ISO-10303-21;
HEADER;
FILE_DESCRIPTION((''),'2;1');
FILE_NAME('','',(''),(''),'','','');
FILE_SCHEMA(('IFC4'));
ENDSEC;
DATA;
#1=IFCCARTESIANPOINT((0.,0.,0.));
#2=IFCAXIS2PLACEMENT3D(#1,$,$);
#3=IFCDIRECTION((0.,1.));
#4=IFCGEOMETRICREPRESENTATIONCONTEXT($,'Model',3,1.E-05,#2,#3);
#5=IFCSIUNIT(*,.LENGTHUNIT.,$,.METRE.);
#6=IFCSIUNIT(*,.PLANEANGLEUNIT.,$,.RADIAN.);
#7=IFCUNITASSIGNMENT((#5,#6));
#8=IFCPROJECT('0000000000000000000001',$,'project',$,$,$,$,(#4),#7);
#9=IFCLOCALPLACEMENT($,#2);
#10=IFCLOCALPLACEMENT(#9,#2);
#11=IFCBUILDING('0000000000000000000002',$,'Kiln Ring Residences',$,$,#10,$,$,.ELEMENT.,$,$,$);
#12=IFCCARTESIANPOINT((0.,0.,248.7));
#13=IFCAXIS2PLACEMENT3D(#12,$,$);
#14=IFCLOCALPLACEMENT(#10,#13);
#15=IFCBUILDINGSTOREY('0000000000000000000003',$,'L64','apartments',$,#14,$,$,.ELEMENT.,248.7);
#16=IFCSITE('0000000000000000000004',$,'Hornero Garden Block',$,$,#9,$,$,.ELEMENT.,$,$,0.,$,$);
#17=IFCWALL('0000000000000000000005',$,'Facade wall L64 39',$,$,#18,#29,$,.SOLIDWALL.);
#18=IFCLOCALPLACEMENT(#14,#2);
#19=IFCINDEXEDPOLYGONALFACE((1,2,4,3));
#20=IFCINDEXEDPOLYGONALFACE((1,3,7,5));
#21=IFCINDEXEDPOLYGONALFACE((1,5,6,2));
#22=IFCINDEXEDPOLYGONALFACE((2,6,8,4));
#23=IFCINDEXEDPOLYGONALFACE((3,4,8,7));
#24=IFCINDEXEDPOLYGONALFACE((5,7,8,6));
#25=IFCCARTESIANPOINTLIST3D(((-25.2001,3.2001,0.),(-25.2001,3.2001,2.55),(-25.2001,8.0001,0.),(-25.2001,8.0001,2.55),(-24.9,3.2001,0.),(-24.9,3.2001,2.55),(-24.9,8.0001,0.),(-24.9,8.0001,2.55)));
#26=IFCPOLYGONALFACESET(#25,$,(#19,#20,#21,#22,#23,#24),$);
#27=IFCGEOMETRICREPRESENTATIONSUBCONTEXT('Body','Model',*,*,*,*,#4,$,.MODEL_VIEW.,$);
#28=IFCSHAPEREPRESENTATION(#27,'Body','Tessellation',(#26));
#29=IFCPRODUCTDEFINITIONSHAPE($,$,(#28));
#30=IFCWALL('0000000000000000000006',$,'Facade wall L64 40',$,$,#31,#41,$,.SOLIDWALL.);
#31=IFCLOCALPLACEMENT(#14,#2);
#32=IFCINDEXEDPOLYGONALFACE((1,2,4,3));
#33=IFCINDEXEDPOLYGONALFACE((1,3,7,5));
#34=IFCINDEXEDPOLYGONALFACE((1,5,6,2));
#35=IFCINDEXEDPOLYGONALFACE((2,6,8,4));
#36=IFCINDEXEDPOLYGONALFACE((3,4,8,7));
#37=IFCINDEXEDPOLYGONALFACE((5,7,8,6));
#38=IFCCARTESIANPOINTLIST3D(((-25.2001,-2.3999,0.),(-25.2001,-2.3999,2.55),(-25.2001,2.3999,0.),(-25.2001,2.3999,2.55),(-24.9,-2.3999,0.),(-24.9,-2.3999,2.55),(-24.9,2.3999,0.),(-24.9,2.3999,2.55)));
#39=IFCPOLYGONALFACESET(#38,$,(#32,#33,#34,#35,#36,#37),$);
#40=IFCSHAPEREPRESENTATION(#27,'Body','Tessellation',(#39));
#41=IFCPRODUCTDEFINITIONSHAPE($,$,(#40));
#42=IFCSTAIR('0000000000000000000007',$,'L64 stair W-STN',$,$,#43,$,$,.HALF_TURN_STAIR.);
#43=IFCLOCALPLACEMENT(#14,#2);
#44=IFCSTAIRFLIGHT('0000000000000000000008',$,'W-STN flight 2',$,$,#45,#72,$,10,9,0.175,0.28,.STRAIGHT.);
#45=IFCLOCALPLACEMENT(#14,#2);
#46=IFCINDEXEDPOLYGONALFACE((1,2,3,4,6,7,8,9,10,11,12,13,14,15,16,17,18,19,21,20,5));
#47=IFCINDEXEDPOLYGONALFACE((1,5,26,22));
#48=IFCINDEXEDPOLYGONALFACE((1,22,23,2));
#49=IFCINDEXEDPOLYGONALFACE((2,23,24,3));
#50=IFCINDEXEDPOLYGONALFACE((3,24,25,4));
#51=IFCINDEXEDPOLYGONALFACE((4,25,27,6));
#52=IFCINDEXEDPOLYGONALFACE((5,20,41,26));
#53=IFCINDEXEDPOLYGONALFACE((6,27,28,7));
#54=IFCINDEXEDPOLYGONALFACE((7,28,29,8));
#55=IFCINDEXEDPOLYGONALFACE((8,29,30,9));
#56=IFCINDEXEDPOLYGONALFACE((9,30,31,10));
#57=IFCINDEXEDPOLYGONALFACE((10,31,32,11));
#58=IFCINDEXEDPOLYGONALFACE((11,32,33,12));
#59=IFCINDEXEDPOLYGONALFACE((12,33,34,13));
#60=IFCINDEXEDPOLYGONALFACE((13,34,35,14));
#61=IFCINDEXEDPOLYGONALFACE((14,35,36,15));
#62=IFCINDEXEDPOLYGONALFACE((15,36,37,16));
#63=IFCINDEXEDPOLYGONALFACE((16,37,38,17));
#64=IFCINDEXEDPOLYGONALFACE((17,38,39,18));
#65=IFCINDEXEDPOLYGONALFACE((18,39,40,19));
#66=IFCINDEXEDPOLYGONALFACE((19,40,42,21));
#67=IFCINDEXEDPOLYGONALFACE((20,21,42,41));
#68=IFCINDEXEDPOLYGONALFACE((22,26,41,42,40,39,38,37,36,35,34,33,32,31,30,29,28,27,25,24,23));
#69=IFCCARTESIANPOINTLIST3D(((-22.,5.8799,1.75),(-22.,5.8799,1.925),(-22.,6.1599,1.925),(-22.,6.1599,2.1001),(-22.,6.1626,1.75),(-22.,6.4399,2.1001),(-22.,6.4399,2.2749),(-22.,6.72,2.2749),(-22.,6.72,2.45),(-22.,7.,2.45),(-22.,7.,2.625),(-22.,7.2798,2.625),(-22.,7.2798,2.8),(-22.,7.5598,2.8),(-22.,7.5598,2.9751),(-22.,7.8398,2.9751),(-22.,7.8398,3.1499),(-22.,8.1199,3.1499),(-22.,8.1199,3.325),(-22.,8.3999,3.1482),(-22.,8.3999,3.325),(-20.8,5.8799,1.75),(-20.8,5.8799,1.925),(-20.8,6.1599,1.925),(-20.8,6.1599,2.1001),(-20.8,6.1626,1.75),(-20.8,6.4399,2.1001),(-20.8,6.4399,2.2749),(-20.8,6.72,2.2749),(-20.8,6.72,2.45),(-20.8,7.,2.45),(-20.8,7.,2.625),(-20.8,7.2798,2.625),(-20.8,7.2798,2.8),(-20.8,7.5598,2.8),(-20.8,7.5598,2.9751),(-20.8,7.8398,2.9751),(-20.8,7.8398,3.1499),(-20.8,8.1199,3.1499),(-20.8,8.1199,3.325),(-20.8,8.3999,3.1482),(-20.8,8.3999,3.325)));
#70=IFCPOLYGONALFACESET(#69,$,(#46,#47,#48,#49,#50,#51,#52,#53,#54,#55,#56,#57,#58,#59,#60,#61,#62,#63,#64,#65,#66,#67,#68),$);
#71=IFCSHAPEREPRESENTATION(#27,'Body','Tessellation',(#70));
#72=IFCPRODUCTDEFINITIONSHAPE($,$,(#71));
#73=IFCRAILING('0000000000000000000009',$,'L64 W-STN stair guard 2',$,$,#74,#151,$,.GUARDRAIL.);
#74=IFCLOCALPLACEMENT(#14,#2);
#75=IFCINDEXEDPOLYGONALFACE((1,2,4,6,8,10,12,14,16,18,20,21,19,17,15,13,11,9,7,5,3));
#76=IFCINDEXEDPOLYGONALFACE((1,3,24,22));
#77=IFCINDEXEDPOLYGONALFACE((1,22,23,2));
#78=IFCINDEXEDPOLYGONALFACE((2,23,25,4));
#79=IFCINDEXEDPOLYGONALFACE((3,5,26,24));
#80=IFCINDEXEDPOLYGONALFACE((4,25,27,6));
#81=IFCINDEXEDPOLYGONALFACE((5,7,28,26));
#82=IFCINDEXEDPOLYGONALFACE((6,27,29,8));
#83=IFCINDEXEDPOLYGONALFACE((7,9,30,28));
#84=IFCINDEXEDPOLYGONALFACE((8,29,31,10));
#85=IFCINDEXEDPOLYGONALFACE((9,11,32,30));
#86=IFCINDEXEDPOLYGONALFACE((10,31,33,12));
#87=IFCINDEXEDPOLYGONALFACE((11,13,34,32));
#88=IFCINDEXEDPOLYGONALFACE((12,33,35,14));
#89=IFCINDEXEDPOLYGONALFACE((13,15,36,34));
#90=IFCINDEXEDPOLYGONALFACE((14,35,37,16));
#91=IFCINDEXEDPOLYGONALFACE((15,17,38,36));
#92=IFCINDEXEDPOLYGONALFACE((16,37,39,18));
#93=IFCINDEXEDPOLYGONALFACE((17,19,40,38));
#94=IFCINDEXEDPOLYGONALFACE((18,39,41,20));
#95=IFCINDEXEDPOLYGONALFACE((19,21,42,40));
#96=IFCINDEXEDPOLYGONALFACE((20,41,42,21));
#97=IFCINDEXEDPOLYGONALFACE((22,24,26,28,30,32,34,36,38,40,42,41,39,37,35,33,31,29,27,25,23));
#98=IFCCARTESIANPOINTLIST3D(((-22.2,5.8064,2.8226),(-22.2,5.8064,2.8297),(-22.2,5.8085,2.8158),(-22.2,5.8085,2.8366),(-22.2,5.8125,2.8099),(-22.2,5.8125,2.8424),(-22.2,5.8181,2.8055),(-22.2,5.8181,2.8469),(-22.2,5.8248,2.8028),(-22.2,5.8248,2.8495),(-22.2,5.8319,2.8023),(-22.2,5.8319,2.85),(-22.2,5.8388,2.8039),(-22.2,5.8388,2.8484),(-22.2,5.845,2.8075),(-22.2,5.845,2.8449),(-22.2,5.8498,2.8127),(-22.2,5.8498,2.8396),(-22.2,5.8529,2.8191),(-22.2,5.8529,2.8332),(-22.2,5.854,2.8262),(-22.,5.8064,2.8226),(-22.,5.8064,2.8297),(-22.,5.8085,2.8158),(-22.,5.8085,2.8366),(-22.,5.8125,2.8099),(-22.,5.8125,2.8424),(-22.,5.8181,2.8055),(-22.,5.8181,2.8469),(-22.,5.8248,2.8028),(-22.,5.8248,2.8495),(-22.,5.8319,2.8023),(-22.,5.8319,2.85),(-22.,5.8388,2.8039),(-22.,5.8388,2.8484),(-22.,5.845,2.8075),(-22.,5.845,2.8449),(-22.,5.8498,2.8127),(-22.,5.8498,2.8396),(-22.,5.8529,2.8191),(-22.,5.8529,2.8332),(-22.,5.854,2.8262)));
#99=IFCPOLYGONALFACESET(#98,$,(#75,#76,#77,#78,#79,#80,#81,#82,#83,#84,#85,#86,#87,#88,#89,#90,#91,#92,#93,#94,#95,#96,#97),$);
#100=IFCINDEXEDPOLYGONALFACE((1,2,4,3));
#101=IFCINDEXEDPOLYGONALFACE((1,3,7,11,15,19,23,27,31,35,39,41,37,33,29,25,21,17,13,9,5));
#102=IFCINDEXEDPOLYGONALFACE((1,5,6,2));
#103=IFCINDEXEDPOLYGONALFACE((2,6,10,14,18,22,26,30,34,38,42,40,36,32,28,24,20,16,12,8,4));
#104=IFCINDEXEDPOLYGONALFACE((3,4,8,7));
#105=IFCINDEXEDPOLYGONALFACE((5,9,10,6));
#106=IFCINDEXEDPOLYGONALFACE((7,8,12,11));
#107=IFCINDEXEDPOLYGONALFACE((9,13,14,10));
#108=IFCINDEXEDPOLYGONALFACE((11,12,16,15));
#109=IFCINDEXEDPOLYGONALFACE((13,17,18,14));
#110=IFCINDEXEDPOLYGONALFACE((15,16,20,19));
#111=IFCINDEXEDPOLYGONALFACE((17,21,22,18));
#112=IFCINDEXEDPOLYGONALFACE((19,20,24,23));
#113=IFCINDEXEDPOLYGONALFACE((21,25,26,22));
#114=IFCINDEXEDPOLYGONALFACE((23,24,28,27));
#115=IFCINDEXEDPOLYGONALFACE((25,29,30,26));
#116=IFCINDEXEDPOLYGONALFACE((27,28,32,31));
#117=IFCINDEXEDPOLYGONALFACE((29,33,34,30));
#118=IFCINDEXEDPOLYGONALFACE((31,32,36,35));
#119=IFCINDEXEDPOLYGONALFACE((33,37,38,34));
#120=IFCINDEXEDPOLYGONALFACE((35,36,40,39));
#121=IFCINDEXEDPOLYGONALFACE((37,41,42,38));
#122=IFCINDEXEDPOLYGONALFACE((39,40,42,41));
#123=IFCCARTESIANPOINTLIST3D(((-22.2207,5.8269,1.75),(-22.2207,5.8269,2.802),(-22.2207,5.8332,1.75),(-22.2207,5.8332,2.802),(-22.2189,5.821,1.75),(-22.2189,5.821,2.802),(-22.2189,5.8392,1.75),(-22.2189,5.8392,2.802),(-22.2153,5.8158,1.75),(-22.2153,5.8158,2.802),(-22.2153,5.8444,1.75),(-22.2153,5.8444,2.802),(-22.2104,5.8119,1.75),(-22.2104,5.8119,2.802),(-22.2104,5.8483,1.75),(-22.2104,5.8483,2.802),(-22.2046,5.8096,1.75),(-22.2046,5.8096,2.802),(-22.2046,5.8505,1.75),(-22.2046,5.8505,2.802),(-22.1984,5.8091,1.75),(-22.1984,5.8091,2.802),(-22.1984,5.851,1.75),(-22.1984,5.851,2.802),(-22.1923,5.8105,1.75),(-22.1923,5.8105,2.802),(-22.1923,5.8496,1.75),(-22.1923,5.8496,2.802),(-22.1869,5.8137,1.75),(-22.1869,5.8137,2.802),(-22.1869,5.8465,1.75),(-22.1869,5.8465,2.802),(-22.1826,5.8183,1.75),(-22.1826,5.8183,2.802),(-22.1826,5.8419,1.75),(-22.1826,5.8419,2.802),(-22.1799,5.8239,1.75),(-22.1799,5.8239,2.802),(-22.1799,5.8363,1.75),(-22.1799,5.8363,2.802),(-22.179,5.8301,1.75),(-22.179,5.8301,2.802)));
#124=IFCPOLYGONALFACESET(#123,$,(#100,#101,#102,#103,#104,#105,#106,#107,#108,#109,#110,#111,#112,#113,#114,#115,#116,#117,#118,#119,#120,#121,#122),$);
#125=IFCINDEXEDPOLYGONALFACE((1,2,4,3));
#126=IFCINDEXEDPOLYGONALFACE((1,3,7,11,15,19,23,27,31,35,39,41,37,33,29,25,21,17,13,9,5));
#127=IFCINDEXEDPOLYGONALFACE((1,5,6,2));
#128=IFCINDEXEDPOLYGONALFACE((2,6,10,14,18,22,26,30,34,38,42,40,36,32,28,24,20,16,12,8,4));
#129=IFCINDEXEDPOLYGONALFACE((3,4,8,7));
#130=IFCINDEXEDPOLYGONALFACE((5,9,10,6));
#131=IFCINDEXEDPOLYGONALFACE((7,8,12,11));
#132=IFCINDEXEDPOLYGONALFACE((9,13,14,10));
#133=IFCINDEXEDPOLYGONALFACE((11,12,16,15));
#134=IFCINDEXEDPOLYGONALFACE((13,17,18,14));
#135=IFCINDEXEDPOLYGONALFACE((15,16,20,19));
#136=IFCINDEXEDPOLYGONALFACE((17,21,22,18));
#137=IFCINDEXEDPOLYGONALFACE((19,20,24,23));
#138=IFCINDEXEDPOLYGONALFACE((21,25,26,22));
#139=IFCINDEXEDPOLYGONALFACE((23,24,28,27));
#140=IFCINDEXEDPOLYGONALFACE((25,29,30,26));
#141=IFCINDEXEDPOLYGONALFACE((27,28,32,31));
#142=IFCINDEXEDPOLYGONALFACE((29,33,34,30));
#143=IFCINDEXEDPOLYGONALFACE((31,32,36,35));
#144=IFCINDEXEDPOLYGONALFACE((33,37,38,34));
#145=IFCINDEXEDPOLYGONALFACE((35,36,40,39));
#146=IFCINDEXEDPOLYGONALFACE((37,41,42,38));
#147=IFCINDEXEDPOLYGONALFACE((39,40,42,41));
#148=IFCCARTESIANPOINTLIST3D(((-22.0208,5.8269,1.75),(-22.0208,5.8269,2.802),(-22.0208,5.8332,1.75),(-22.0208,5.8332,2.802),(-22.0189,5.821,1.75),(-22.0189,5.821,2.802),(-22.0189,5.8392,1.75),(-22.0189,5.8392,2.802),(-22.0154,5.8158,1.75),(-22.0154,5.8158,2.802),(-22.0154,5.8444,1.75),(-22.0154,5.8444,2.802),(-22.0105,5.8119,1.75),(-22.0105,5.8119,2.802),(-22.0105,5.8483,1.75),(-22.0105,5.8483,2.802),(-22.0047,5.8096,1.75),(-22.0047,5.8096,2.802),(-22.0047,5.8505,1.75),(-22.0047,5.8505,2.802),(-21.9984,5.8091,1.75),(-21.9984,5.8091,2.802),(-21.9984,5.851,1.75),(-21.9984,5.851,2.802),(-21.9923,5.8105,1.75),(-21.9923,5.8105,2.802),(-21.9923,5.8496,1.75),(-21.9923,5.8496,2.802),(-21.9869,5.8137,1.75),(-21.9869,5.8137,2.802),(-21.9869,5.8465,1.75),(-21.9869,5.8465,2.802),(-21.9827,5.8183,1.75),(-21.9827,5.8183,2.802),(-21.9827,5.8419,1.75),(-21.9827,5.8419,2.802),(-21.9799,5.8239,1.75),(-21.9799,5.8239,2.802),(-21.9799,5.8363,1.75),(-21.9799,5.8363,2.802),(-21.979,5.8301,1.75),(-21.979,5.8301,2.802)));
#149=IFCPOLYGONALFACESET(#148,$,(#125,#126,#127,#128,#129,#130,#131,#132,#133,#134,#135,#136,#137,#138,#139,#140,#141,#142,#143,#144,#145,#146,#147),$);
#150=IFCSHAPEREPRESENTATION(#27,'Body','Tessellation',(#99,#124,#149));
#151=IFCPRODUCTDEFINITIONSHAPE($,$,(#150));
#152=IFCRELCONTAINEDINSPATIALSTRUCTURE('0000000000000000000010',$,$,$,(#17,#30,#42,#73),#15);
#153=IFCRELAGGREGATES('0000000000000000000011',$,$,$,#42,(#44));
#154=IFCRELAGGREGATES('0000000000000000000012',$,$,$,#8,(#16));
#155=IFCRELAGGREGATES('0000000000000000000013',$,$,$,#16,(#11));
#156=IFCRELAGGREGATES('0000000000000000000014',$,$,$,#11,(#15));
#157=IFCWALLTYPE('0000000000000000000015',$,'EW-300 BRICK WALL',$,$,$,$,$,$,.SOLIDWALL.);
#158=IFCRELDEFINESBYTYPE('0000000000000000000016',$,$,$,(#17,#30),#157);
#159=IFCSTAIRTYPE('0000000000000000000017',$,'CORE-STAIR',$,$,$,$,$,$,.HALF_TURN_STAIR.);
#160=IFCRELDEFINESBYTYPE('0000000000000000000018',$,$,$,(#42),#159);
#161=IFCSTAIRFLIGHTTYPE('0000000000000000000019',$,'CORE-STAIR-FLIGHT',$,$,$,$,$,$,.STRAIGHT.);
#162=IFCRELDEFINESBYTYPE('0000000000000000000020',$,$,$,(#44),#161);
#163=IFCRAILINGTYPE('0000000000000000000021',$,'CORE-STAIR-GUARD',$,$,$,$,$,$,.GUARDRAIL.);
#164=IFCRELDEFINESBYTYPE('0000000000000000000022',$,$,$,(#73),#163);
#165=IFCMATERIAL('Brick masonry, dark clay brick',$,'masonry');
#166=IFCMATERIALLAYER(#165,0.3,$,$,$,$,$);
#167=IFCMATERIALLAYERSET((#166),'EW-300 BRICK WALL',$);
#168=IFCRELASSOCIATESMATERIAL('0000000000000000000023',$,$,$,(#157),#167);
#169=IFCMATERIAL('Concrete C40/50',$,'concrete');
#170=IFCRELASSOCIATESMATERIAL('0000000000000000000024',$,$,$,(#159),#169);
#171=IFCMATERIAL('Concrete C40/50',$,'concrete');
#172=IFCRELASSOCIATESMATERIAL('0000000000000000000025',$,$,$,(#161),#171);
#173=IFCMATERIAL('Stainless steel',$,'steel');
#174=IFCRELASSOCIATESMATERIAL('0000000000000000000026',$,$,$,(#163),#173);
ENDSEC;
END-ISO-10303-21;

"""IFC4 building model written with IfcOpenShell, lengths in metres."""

from ifc_helpers import new_model, si_unit, direction, frame, frame_2d, origin, origin_2d, place, context, subcontext, project, spatial, polyline, rectangle, circle, outline, extrude, material, layer, layer_set, type_object, element, aggregate, save


model = new_model("IFC4")

# Units and contexts
model_context = context("Model", 3, precision=1e-05, world=origin(), true_north=direction((0.0, 1.0)))
body_context = subcontext(model_context, "Body", "Model", "MODEL_VIEW")
ifc_project = project(units=[si_unit("LENGTHUNIT", "METRE"), si_unit("PLANEANGLEUNIT", "RADIAN")], contexts=[model_context])

# Site, building, storey
site_placement = place(None, origin())
site = spatial("IfcSite", under=ifc_project, at=site_placement, Name="Hornero Garden Block", CompositionType="ELEMENT", RefElevation=0.0)
building_placement = place(site_placement, origin())
building = spatial("IfcBuilding", under=site, at=building_placement, Name="Kiln Ring Residences", CompositionType="ELEMENT")
storey_placement = place(building_placement, frame((0.0, 0.0, 248.7)))
storey = spatial("IfcBuildingStorey", under=building, at=storey_placement, Name="L64", Description="apartments", CompositionType="ELEMENT", Elevation=248.7)

# Walls
ifc_material_1 = material(Name="Brick masonry, dark clay brick", Category="masonry")
ifc_layer_1 = layer(ifc_material_1, 0.3)
ifc_layer_set_1 = layer_set([ifc_layer_1], Name="EW-300 BRICK WALL")
wall_type_1 = type_object("IfcWallType", Name="EW-300 BRICK WALL", PredefinedType="SOLIDWALL", material=ifc_layer_set_1)
wall_1_placement = place(storey_placement, frame((-25.05, 8.0, 0.0), z_axis=(0.0, 0.0, 1.0), x_axis=(0.0, -1.0, 0.0)))
element("IfcWall", 1, at=wall_1_placement, inside=storey, type_object=wall_type_1, Name="Facade wall L64 39", PredefinedType="SOLIDWALL", context=body_context, shape_type="SweptSolid", body=[
    extrude(rectangle(XDim=4.8, YDim=0.3, at=frame_2d((2.3999, 0.0))), origin(), (0.0, 0.0, 1.0), 2.55),
])
wall_2_placement = place(storey_placement, frame((-25.05, 2.3999, 0.0), z_axis=(0.0, 0.0, 1.0), x_axis=(0.0, -1.0, 0.0)))
element("IfcWall", 2, at=wall_2_placement, inside=storey, type_object=wall_type_1, Name="Facade wall L64 40", PredefinedType="SOLIDWALL", context=body_context, shape_type="SweptSolid", body=[
    extrude(rectangle(XDim=4.7998, YDim=0.3, at=frame_2d((2.3999, 0.0))), origin(), (0.0, 0.0, 1.0), 2.55),
])

# Stair, stair flight
ifc_material_2 = material(Name="Concrete C40/50", Category="concrete")
stair_type = type_object("IfcStairType", Name="CORE-STAIR", PredefinedType="HALF_TURN_STAIR", material=ifc_material_2)
stair_placement = place(storey_placement, origin())
stair = element("IfcStair", 3, at=stair_placement, inside=storey, type_object=stair_type, Name="L64 stair W-STN", PredefinedType="HALF_TURN_STAIR")
ifc_material_3 = material(Name="Concrete C40/50", Category="concrete")
stair_flight_type = type_object("IfcStairFlightType", Name="CORE-STAIR-FLIGHT", PredefinedType="STRAIGHT", material=ifc_material_3)
stair_flight_placement = place(storey_placement, frame((-21.3999, 5.8799, 1.75), z_axis=(0.0, 0.0, 1.0), x_axis=(0.0, 1.0, 0.0)))
stair_flight = element("IfcStairFlight", 4, at=stair_flight_placement, type_object=stair_flight_type, Name="W-STN flight 2", NumberOfRisers=10, NumberOfTreads=9, PredefinedType="STRAIGHT", RiserHeight=0.175, TreadLength=0.28, context=body_context, shape_type="SweptSolid", body=[
    extrude(outline(polyline([(0.0, 0.0), (0.0, 0.175), (0.28, 0.175), (0.28, 0.3501), (0.5601, 0.3501), (0.5601, 0.5249), (0.8401, 0.5249), (0.8401, 0.7), (1.1201, 0.7), (1.1201, 0.875), (1.3999, 0.875), (1.3999, 1.05), (1.6799, 1.05), (1.6799, 1.2251), (1.96, 1.2251), (1.96, 1.3999), (2.24, 1.3999), (2.24, 1.575), (2.52, 1.575), (2.52, 1.75), (2.52, 1.3982), (0.2827, 0.0), (0.0, 0.0)])), frame((0.0, 0.6001, 0.0), z_axis=(0.0, -1.0, 0.0), x_axis=(1.0, 0.0, 0.0)), (0.0, 0.0, 1.0), 1.2),
])
aggregate(stair, [stair_flight])

# Railing
ifc_material_4 = material(Name="Stainless steel", Category="steel")
railing_type_1 = type_object("IfcRailingType", Name="CORE-STAIR-GUARD", PredefinedType="GUARDRAIL", material=ifc_material_4)
railing_1_placement = place(storey_placement, frame((-22.2, 5.8301, 1.75)))
element("IfcRailing", 5, at=railing_1_placement, inside=storey, type_object=railing_type_1, Name="L64 W-STN stair guard 2", PredefinedType="GUARDRAIL", context=body_context, shape_type="SweptSolid", body=[
    extrude(circle(Radius=0.0239, at=origin_2d()), frame((0.0, 0.0, 1.0762), z_axis=(1.0, 0.0, 0.0), x_axis=(0.0, 1.0, 0.0)), (0.0, 0.0, 1.0), 0.2),
    extrude(circle(Radius=0.021, at=origin_2d()), origin(), (0.0, 0.0, 1.0), 1.052),
    extrude(circle(Radius=0.021, at=origin_2d()), frame((0.2, 0.0, 0.0)), (0.0, 0.0, 1.0), 1.052),
])

save(model, "model.ifc")
